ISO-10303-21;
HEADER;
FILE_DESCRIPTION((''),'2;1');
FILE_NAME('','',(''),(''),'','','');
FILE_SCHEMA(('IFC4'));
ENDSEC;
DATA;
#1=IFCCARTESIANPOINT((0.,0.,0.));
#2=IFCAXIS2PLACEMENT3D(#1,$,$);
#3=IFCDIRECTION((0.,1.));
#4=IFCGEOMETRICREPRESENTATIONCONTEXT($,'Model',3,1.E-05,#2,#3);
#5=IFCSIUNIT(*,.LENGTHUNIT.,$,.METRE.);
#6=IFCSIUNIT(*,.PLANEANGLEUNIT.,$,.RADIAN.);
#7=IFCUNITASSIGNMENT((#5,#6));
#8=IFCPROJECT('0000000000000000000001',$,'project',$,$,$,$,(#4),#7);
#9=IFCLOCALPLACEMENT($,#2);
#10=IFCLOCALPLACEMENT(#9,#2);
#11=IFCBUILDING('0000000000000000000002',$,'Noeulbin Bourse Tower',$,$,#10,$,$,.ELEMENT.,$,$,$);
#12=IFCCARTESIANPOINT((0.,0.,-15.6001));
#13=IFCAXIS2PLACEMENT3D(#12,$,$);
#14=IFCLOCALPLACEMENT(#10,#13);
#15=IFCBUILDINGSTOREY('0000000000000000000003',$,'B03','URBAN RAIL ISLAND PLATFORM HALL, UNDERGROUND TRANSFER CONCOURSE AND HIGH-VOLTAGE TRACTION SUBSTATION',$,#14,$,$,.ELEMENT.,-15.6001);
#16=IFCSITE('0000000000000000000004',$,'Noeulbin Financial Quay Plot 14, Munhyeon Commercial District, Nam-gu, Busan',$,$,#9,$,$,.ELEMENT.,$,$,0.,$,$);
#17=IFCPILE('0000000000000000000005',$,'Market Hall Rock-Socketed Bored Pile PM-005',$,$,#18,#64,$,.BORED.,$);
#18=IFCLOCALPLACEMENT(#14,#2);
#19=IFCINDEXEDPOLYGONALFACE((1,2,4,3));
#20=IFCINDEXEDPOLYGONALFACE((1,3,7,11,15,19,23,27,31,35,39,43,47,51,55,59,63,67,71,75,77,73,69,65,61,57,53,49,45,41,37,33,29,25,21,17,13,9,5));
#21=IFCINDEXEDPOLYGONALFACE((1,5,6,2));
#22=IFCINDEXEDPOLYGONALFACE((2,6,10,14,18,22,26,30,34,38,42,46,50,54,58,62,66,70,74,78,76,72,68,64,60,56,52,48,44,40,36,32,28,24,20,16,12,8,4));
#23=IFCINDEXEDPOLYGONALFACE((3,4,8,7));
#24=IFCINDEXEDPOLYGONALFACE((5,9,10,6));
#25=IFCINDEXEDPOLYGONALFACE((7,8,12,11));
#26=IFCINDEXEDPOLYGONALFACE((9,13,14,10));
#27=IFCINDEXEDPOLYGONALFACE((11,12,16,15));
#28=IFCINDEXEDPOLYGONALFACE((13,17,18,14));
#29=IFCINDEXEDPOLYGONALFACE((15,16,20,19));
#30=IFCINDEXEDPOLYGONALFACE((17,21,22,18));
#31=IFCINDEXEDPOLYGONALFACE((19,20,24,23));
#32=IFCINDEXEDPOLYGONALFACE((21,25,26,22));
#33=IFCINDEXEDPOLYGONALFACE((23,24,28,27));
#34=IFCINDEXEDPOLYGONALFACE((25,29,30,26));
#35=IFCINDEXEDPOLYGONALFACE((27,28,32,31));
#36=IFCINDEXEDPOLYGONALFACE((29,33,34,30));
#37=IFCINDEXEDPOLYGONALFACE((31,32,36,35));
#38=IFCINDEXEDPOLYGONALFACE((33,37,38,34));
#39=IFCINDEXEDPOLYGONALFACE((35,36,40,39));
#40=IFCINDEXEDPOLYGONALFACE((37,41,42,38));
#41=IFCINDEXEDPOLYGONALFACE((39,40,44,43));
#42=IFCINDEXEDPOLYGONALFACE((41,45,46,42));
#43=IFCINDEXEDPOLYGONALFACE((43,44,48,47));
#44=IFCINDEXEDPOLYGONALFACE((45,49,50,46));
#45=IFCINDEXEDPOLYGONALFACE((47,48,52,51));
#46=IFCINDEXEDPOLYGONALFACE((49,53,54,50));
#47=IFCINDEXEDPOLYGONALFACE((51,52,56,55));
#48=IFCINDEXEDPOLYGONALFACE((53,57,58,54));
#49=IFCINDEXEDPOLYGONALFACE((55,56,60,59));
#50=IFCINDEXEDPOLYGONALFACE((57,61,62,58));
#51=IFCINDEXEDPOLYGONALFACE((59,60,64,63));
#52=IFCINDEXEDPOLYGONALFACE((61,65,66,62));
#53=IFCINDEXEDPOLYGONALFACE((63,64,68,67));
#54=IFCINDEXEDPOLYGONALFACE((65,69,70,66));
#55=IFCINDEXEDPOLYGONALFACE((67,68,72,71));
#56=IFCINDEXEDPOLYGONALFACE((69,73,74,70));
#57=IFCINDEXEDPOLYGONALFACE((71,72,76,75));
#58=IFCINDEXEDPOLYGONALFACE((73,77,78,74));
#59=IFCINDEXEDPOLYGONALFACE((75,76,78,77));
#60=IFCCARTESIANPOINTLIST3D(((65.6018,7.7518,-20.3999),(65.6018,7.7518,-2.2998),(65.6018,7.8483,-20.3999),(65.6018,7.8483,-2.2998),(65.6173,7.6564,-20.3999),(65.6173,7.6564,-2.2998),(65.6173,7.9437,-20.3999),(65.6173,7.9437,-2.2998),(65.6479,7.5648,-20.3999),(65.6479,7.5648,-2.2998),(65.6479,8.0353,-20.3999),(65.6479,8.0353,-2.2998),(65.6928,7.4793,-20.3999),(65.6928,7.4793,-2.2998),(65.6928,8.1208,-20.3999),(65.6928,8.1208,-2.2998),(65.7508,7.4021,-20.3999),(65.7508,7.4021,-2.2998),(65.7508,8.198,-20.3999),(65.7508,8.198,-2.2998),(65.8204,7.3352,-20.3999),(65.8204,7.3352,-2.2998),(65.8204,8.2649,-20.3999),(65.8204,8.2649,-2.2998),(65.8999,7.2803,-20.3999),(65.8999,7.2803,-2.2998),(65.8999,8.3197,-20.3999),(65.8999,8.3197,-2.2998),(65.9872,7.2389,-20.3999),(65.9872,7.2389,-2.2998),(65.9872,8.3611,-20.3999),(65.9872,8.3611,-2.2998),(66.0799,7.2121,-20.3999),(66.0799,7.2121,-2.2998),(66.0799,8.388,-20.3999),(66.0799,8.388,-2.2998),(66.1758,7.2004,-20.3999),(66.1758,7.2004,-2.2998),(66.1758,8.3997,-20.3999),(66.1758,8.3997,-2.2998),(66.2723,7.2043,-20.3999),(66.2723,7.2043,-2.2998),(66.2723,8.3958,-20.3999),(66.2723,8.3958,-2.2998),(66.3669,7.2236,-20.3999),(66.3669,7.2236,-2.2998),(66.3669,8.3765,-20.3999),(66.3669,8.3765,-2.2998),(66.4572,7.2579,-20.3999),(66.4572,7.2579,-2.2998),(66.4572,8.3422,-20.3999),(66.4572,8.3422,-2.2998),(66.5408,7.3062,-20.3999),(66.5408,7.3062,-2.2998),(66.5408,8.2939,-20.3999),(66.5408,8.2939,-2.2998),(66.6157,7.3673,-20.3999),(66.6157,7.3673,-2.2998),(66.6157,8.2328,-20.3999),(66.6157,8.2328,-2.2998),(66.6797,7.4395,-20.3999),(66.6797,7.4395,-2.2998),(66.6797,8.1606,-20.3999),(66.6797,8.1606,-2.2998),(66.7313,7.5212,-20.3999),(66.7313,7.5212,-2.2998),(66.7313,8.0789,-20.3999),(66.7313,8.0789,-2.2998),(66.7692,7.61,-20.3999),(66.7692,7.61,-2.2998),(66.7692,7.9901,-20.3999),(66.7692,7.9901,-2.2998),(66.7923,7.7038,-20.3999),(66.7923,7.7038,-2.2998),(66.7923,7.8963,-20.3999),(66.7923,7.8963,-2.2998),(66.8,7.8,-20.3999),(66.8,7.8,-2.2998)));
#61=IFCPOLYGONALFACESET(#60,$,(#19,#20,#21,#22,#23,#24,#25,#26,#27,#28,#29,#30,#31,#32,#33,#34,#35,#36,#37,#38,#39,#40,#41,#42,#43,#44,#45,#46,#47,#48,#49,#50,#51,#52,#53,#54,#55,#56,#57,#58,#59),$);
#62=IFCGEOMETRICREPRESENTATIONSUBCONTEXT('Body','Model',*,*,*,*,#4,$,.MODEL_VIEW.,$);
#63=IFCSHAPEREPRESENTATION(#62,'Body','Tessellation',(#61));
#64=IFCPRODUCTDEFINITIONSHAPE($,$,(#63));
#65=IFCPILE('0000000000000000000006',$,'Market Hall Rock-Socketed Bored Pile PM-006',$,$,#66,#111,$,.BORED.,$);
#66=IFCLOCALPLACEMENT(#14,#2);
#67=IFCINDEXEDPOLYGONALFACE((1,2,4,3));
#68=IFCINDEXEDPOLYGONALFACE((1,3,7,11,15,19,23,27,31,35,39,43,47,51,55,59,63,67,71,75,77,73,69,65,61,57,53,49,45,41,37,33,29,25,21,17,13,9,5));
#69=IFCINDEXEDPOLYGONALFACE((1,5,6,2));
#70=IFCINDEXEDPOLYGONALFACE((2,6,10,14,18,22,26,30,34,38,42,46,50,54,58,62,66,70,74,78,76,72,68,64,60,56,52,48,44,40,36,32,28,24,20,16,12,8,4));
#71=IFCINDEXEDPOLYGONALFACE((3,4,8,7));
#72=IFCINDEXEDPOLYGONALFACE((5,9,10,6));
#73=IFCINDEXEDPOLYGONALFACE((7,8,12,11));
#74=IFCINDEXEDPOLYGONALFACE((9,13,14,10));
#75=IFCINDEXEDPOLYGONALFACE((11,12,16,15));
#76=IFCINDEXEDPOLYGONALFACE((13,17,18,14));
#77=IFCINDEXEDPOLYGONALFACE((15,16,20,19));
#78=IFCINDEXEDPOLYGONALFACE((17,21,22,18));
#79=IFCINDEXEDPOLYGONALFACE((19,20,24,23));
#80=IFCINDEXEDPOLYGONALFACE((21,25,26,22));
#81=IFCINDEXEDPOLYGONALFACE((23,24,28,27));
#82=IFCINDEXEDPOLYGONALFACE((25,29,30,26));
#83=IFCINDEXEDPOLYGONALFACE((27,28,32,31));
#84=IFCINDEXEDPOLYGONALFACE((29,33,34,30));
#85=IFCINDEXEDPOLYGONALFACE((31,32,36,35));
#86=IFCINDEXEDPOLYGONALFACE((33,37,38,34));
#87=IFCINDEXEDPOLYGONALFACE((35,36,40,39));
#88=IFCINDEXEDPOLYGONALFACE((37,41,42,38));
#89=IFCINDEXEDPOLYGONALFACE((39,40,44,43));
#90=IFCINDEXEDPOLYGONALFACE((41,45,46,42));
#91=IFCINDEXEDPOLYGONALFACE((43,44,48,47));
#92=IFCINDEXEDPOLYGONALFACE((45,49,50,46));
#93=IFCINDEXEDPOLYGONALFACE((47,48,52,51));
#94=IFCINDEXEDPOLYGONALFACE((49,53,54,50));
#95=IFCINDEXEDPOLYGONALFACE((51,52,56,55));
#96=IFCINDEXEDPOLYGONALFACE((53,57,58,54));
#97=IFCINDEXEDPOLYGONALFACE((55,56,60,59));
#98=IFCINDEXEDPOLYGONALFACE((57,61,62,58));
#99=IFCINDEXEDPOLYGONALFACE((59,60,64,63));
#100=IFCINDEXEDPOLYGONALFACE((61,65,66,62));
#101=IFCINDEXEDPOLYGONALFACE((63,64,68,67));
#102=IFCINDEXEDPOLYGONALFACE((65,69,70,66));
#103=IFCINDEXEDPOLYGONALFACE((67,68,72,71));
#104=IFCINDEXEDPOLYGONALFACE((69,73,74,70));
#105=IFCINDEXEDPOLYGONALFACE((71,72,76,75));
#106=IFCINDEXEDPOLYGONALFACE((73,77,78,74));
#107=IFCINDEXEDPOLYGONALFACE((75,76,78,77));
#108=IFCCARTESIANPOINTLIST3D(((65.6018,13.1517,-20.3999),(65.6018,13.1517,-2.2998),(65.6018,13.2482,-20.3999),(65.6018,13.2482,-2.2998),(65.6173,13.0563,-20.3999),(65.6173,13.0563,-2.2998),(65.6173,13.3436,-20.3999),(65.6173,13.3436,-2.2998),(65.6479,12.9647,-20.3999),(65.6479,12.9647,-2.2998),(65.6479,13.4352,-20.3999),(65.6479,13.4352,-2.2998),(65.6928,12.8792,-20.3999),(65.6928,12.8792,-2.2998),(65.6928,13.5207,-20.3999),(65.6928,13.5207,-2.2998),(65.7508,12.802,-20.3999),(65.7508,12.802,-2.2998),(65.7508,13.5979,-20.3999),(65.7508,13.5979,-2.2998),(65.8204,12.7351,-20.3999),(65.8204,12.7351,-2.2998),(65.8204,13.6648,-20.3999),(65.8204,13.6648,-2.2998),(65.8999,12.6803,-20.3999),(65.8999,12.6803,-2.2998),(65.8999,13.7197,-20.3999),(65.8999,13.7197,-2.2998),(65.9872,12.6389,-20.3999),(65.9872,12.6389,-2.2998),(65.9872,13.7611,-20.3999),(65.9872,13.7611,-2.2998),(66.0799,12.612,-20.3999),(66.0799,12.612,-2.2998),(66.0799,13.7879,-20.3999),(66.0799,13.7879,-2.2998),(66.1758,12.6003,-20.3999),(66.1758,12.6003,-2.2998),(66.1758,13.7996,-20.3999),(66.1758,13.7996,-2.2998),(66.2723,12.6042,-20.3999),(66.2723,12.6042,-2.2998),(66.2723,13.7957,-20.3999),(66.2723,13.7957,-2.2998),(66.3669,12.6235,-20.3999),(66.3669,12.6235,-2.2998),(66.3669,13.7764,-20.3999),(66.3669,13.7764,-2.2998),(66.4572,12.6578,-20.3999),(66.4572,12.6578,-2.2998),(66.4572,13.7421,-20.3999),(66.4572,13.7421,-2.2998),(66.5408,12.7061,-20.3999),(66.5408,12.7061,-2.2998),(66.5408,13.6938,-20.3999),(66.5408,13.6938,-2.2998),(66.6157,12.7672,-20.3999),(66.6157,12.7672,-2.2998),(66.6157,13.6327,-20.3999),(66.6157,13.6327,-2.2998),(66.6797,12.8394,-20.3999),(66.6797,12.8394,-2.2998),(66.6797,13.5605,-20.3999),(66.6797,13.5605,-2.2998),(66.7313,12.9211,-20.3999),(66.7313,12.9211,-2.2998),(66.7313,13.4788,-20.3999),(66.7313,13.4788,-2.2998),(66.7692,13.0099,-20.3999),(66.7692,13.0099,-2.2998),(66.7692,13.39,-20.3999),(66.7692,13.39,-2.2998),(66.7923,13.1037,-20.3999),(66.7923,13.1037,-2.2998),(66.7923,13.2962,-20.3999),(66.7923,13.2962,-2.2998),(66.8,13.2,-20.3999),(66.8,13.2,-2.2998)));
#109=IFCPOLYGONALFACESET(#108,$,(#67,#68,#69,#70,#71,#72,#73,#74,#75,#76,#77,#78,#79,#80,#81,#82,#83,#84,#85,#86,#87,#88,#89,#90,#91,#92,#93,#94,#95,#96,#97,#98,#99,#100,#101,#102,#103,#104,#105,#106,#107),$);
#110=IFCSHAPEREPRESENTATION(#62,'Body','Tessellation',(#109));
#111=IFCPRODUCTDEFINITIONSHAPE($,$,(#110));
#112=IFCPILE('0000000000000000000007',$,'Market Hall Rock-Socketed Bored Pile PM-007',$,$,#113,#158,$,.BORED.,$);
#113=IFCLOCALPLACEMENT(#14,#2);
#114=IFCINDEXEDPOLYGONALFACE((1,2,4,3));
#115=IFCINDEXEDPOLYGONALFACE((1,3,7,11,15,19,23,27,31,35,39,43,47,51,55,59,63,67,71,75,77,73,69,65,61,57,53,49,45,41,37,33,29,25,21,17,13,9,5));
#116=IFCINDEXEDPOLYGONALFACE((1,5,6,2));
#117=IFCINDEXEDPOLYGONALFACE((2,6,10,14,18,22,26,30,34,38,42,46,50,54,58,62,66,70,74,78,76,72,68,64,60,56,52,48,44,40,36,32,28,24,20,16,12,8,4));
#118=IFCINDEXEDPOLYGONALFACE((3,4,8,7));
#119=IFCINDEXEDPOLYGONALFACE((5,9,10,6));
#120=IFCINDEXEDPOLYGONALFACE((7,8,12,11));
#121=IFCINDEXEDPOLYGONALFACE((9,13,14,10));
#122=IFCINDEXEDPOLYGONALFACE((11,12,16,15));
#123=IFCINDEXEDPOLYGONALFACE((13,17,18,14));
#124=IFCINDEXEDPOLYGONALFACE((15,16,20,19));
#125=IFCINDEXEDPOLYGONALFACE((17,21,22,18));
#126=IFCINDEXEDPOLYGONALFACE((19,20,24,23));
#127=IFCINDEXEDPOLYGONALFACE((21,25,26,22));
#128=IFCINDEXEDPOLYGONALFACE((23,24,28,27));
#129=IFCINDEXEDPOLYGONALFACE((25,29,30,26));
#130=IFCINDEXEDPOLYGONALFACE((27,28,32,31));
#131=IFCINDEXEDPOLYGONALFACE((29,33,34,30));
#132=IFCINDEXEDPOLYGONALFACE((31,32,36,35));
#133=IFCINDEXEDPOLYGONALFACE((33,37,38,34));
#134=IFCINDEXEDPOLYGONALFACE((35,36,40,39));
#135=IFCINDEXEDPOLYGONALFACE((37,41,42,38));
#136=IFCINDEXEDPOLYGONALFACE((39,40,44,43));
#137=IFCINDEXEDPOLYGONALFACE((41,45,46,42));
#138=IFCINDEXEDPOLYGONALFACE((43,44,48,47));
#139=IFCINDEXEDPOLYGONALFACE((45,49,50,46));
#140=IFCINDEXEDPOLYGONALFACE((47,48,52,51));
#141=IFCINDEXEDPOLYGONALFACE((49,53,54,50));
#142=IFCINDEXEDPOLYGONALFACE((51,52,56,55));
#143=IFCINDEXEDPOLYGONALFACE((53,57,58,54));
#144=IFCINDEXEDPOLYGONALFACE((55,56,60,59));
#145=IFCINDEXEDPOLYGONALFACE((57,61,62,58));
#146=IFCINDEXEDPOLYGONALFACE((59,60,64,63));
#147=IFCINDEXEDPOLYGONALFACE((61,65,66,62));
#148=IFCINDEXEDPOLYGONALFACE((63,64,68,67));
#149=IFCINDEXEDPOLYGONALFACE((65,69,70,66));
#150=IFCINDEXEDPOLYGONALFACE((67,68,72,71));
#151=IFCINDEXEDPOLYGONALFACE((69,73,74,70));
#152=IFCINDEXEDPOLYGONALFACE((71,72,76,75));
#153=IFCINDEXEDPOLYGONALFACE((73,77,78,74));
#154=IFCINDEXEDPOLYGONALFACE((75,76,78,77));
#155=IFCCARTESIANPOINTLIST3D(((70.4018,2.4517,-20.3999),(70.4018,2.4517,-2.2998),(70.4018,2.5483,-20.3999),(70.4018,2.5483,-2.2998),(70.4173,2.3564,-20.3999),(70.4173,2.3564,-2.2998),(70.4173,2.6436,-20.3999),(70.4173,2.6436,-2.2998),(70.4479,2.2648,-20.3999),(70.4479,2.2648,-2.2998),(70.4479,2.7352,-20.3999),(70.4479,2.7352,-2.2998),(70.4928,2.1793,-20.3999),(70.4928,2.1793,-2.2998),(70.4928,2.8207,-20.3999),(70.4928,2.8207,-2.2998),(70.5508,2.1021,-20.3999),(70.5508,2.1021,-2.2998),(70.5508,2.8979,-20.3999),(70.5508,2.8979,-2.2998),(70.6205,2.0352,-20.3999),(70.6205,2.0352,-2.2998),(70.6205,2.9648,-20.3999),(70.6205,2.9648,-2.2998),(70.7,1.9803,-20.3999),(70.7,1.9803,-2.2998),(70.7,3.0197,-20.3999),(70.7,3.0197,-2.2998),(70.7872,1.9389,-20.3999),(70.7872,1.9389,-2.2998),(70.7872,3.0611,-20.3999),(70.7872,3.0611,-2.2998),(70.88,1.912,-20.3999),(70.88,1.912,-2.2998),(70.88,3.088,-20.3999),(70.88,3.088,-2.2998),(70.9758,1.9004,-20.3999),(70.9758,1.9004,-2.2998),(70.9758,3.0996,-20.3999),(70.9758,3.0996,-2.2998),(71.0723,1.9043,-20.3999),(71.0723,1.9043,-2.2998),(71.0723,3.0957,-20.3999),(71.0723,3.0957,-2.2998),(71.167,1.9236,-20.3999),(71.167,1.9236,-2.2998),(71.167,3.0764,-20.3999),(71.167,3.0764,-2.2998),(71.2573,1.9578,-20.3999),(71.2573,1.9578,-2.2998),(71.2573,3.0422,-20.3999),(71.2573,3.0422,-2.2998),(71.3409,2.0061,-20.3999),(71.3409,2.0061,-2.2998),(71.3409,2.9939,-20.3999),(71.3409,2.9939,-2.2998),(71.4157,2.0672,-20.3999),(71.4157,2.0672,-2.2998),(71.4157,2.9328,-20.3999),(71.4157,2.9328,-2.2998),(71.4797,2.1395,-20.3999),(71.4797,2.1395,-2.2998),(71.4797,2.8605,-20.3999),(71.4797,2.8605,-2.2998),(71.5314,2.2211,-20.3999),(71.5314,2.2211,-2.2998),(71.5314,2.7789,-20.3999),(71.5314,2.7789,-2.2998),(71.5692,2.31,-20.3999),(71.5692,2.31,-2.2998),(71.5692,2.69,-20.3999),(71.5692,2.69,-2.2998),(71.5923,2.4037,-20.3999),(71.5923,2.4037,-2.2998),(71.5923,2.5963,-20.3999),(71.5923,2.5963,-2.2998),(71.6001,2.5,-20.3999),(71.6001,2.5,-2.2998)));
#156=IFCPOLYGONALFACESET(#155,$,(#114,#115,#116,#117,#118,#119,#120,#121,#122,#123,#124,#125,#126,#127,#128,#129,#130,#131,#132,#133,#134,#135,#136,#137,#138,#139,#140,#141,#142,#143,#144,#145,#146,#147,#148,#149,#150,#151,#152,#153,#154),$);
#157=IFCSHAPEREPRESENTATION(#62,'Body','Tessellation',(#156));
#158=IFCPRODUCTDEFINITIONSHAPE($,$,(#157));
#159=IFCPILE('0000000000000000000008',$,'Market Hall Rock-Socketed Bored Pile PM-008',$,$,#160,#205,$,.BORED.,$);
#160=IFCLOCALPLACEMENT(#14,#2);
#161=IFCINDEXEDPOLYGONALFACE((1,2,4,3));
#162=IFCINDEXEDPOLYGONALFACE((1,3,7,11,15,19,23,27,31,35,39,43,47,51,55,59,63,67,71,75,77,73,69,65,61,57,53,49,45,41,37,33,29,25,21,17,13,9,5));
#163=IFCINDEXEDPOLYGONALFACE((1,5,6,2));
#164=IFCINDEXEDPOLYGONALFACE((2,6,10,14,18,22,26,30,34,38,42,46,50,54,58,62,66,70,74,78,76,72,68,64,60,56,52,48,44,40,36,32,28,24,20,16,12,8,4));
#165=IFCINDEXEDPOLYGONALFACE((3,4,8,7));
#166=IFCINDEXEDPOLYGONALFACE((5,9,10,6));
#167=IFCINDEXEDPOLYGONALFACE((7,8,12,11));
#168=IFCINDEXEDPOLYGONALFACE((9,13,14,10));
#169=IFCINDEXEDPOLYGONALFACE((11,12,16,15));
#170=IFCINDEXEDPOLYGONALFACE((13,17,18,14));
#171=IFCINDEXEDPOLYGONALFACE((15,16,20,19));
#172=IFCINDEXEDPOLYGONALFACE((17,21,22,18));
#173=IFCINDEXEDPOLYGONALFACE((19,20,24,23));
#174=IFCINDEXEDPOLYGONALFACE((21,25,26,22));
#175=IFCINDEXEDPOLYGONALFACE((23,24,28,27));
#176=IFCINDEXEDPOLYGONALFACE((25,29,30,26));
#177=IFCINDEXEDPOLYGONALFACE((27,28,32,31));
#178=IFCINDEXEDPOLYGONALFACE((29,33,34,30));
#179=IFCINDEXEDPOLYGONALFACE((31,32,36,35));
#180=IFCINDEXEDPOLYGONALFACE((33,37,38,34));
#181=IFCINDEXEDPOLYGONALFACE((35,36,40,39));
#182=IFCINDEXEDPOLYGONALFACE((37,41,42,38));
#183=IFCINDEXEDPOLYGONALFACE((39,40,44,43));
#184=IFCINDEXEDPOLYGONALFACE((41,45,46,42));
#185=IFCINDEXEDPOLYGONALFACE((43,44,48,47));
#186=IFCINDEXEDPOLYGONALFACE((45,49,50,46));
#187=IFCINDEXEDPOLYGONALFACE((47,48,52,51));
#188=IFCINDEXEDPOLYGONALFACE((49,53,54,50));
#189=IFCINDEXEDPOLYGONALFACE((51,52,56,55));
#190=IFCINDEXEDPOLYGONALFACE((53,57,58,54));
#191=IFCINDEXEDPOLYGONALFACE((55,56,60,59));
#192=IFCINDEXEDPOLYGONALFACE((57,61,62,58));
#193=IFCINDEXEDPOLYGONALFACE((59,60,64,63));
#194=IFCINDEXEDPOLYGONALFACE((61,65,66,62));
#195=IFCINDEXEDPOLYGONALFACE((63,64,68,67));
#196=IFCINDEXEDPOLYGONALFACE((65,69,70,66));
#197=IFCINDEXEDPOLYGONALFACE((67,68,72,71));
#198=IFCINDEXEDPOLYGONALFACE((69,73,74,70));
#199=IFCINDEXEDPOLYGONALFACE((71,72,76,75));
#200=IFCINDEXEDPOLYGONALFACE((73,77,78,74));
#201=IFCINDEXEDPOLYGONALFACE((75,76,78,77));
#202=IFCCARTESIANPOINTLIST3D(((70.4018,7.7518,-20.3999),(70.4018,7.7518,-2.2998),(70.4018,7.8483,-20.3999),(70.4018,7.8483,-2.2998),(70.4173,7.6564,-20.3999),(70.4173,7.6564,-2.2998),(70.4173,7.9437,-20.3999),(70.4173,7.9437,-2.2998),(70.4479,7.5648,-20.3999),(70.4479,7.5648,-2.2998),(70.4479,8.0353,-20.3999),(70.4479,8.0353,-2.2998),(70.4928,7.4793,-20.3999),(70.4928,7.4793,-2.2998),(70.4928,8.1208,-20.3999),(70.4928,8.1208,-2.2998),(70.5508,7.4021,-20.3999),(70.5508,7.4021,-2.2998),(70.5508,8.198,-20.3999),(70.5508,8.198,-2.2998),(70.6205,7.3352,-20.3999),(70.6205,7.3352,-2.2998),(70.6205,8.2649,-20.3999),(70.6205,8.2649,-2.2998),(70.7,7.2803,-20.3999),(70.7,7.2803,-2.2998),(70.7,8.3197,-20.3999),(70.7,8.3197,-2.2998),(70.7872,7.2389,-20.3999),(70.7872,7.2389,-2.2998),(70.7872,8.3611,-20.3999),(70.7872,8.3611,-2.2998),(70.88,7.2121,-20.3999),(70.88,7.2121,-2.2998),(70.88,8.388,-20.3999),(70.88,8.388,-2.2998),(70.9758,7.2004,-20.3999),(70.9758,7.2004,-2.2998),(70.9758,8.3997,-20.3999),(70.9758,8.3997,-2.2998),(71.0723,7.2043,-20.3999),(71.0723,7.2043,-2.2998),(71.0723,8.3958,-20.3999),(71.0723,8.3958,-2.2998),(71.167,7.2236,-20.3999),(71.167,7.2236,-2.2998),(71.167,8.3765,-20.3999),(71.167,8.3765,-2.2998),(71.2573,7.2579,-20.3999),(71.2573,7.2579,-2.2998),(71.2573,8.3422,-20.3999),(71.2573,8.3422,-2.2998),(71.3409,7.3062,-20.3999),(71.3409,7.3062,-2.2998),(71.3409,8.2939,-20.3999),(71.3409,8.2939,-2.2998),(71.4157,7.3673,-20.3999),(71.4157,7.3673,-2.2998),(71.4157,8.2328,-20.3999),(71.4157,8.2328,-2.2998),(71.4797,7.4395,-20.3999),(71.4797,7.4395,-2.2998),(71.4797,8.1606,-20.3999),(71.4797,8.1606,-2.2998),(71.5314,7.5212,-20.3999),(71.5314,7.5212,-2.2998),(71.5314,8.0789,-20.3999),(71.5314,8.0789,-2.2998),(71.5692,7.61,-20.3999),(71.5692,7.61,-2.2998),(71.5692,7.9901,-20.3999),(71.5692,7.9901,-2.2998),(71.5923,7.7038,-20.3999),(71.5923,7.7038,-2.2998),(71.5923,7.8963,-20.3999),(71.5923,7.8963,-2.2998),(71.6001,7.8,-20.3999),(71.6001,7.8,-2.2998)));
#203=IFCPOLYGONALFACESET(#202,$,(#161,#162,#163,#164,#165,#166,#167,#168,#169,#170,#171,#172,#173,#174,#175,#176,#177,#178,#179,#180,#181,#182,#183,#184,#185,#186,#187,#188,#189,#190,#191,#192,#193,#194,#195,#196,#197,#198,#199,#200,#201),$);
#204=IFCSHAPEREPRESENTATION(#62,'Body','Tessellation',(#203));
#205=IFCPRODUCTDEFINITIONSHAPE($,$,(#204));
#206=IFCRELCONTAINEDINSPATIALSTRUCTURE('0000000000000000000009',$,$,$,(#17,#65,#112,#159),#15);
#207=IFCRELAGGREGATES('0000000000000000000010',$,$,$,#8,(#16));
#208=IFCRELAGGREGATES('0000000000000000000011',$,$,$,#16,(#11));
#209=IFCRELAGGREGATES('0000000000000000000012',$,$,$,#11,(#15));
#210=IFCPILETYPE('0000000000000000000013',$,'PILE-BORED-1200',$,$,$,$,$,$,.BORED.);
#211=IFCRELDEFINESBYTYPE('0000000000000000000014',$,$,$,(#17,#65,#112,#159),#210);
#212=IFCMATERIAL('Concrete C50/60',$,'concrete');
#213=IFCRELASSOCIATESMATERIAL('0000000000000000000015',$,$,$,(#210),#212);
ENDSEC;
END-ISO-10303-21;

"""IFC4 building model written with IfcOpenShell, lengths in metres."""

from ifc_helpers import new_model, si_unit, direction, frame, origin, origin_2d, place, context, subcontext, project, spatial, circle, extrude, material, material_profile, profile_set, type_object, element, save


model = new_model("IFC4")

# Units and contexts
model_context = context("Model", 3, precision=1e-05, world=origin(), true_north=direction((0.0, 1.0)))
body_context = subcontext(model_context, "Body", "Model", "MODEL_VIEW")
ifc_project = project(units=[si_unit("LENGTHUNIT", "METRE"), si_unit("PLANEANGLEUNIT", "RADIAN")], contexts=[model_context])

# Site, building, storey
site_placement = place(None, origin())
site = spatial("IfcSite", under=ifc_project, at=site_placement, Name="Noeulbin Financial Quay Plot 14, Munhyeon Commercial District, Nam-gu, Busan", CompositionType="ELEMENT", RefElevation=0.0)
building_placement = place(site_placement, origin())
building = spatial("IfcBuilding", under=site, at=building_placement, Name="Noeulbin Bourse Tower", CompositionType="ELEMENT")
storey_placement = place(building_placement, frame((0.0, 0.0, -15.6001)))
storey = spatial("IfcBuildingStorey", under=building, at=storey_placement, Name="B03", Description="URBAN RAIL ISLAND PLATFORM HALL, UNDERGROUND TRANSFER CONCOURSE AND HIGH-VOLTAGE TRACTION SUBSTATION", CompositionType="ELEMENT", Elevation=-15.6001)

# Piles
ifc_material_1 = material(Name="Concrete C50/60", Category="concrete")
ifc_material_profile_1 = material_profile(ifc_material_1, circle(Radius=0.6001, at=origin_2d()), Name="PILE-D1200", Category="LoadBearing")
ifc_profile_set_1 = profile_set([ifc_material_profile_1], Name="Concrete C50/60")
pile_type = type_object("IfcPileType", Name="PILE-BORED-1200", PredefinedType="BORED", material=ifc_profile_set_1)
for number, where, z_axis, x_axis, name in (
    (1, (66.2, 7.8, -2.2998), (0.0, 0.0, -1.0), (1.0, 0.0, 0.0), "Market Hall Rock-Socketed Bored Pile PM-005"),
    (2, (66.2, 13.2, -2.2998), (0.0, 0.0, -1.0), (1.0, 0.0, 0.0), "Market Hall Rock-Socketed Bored Pile PM-006"),
    (3, (71.0, 2.5, -2.2998), (0.0, 0.0, -1.0), (1.0, 0.0, 0.0), "Market Hall Rock-Socketed Bored Pile PM-007"),
    (4, (71.0, 7.8, -2.2998), (0.0, 0.0, -1.0), (1.0, 0.0, 0.0), "Market Hall Rock-Socketed Bored Pile PM-008"),
):
    element("IfcPile", number, at=place(storey_placement, frame(where, z_axis=z_axis, x_axis=x_axis)), inside=storey, type_object=pile_type, Name=name, PredefinedType="BORED", context=body_context, shape_type="SweptSolid", body=[
        extrude(circle(Radius=0.6001, at=origin_2d()), origin(), (0.0, 0.0, 1.0), 18.1001),
    ])

save(model, "model.ifc")
